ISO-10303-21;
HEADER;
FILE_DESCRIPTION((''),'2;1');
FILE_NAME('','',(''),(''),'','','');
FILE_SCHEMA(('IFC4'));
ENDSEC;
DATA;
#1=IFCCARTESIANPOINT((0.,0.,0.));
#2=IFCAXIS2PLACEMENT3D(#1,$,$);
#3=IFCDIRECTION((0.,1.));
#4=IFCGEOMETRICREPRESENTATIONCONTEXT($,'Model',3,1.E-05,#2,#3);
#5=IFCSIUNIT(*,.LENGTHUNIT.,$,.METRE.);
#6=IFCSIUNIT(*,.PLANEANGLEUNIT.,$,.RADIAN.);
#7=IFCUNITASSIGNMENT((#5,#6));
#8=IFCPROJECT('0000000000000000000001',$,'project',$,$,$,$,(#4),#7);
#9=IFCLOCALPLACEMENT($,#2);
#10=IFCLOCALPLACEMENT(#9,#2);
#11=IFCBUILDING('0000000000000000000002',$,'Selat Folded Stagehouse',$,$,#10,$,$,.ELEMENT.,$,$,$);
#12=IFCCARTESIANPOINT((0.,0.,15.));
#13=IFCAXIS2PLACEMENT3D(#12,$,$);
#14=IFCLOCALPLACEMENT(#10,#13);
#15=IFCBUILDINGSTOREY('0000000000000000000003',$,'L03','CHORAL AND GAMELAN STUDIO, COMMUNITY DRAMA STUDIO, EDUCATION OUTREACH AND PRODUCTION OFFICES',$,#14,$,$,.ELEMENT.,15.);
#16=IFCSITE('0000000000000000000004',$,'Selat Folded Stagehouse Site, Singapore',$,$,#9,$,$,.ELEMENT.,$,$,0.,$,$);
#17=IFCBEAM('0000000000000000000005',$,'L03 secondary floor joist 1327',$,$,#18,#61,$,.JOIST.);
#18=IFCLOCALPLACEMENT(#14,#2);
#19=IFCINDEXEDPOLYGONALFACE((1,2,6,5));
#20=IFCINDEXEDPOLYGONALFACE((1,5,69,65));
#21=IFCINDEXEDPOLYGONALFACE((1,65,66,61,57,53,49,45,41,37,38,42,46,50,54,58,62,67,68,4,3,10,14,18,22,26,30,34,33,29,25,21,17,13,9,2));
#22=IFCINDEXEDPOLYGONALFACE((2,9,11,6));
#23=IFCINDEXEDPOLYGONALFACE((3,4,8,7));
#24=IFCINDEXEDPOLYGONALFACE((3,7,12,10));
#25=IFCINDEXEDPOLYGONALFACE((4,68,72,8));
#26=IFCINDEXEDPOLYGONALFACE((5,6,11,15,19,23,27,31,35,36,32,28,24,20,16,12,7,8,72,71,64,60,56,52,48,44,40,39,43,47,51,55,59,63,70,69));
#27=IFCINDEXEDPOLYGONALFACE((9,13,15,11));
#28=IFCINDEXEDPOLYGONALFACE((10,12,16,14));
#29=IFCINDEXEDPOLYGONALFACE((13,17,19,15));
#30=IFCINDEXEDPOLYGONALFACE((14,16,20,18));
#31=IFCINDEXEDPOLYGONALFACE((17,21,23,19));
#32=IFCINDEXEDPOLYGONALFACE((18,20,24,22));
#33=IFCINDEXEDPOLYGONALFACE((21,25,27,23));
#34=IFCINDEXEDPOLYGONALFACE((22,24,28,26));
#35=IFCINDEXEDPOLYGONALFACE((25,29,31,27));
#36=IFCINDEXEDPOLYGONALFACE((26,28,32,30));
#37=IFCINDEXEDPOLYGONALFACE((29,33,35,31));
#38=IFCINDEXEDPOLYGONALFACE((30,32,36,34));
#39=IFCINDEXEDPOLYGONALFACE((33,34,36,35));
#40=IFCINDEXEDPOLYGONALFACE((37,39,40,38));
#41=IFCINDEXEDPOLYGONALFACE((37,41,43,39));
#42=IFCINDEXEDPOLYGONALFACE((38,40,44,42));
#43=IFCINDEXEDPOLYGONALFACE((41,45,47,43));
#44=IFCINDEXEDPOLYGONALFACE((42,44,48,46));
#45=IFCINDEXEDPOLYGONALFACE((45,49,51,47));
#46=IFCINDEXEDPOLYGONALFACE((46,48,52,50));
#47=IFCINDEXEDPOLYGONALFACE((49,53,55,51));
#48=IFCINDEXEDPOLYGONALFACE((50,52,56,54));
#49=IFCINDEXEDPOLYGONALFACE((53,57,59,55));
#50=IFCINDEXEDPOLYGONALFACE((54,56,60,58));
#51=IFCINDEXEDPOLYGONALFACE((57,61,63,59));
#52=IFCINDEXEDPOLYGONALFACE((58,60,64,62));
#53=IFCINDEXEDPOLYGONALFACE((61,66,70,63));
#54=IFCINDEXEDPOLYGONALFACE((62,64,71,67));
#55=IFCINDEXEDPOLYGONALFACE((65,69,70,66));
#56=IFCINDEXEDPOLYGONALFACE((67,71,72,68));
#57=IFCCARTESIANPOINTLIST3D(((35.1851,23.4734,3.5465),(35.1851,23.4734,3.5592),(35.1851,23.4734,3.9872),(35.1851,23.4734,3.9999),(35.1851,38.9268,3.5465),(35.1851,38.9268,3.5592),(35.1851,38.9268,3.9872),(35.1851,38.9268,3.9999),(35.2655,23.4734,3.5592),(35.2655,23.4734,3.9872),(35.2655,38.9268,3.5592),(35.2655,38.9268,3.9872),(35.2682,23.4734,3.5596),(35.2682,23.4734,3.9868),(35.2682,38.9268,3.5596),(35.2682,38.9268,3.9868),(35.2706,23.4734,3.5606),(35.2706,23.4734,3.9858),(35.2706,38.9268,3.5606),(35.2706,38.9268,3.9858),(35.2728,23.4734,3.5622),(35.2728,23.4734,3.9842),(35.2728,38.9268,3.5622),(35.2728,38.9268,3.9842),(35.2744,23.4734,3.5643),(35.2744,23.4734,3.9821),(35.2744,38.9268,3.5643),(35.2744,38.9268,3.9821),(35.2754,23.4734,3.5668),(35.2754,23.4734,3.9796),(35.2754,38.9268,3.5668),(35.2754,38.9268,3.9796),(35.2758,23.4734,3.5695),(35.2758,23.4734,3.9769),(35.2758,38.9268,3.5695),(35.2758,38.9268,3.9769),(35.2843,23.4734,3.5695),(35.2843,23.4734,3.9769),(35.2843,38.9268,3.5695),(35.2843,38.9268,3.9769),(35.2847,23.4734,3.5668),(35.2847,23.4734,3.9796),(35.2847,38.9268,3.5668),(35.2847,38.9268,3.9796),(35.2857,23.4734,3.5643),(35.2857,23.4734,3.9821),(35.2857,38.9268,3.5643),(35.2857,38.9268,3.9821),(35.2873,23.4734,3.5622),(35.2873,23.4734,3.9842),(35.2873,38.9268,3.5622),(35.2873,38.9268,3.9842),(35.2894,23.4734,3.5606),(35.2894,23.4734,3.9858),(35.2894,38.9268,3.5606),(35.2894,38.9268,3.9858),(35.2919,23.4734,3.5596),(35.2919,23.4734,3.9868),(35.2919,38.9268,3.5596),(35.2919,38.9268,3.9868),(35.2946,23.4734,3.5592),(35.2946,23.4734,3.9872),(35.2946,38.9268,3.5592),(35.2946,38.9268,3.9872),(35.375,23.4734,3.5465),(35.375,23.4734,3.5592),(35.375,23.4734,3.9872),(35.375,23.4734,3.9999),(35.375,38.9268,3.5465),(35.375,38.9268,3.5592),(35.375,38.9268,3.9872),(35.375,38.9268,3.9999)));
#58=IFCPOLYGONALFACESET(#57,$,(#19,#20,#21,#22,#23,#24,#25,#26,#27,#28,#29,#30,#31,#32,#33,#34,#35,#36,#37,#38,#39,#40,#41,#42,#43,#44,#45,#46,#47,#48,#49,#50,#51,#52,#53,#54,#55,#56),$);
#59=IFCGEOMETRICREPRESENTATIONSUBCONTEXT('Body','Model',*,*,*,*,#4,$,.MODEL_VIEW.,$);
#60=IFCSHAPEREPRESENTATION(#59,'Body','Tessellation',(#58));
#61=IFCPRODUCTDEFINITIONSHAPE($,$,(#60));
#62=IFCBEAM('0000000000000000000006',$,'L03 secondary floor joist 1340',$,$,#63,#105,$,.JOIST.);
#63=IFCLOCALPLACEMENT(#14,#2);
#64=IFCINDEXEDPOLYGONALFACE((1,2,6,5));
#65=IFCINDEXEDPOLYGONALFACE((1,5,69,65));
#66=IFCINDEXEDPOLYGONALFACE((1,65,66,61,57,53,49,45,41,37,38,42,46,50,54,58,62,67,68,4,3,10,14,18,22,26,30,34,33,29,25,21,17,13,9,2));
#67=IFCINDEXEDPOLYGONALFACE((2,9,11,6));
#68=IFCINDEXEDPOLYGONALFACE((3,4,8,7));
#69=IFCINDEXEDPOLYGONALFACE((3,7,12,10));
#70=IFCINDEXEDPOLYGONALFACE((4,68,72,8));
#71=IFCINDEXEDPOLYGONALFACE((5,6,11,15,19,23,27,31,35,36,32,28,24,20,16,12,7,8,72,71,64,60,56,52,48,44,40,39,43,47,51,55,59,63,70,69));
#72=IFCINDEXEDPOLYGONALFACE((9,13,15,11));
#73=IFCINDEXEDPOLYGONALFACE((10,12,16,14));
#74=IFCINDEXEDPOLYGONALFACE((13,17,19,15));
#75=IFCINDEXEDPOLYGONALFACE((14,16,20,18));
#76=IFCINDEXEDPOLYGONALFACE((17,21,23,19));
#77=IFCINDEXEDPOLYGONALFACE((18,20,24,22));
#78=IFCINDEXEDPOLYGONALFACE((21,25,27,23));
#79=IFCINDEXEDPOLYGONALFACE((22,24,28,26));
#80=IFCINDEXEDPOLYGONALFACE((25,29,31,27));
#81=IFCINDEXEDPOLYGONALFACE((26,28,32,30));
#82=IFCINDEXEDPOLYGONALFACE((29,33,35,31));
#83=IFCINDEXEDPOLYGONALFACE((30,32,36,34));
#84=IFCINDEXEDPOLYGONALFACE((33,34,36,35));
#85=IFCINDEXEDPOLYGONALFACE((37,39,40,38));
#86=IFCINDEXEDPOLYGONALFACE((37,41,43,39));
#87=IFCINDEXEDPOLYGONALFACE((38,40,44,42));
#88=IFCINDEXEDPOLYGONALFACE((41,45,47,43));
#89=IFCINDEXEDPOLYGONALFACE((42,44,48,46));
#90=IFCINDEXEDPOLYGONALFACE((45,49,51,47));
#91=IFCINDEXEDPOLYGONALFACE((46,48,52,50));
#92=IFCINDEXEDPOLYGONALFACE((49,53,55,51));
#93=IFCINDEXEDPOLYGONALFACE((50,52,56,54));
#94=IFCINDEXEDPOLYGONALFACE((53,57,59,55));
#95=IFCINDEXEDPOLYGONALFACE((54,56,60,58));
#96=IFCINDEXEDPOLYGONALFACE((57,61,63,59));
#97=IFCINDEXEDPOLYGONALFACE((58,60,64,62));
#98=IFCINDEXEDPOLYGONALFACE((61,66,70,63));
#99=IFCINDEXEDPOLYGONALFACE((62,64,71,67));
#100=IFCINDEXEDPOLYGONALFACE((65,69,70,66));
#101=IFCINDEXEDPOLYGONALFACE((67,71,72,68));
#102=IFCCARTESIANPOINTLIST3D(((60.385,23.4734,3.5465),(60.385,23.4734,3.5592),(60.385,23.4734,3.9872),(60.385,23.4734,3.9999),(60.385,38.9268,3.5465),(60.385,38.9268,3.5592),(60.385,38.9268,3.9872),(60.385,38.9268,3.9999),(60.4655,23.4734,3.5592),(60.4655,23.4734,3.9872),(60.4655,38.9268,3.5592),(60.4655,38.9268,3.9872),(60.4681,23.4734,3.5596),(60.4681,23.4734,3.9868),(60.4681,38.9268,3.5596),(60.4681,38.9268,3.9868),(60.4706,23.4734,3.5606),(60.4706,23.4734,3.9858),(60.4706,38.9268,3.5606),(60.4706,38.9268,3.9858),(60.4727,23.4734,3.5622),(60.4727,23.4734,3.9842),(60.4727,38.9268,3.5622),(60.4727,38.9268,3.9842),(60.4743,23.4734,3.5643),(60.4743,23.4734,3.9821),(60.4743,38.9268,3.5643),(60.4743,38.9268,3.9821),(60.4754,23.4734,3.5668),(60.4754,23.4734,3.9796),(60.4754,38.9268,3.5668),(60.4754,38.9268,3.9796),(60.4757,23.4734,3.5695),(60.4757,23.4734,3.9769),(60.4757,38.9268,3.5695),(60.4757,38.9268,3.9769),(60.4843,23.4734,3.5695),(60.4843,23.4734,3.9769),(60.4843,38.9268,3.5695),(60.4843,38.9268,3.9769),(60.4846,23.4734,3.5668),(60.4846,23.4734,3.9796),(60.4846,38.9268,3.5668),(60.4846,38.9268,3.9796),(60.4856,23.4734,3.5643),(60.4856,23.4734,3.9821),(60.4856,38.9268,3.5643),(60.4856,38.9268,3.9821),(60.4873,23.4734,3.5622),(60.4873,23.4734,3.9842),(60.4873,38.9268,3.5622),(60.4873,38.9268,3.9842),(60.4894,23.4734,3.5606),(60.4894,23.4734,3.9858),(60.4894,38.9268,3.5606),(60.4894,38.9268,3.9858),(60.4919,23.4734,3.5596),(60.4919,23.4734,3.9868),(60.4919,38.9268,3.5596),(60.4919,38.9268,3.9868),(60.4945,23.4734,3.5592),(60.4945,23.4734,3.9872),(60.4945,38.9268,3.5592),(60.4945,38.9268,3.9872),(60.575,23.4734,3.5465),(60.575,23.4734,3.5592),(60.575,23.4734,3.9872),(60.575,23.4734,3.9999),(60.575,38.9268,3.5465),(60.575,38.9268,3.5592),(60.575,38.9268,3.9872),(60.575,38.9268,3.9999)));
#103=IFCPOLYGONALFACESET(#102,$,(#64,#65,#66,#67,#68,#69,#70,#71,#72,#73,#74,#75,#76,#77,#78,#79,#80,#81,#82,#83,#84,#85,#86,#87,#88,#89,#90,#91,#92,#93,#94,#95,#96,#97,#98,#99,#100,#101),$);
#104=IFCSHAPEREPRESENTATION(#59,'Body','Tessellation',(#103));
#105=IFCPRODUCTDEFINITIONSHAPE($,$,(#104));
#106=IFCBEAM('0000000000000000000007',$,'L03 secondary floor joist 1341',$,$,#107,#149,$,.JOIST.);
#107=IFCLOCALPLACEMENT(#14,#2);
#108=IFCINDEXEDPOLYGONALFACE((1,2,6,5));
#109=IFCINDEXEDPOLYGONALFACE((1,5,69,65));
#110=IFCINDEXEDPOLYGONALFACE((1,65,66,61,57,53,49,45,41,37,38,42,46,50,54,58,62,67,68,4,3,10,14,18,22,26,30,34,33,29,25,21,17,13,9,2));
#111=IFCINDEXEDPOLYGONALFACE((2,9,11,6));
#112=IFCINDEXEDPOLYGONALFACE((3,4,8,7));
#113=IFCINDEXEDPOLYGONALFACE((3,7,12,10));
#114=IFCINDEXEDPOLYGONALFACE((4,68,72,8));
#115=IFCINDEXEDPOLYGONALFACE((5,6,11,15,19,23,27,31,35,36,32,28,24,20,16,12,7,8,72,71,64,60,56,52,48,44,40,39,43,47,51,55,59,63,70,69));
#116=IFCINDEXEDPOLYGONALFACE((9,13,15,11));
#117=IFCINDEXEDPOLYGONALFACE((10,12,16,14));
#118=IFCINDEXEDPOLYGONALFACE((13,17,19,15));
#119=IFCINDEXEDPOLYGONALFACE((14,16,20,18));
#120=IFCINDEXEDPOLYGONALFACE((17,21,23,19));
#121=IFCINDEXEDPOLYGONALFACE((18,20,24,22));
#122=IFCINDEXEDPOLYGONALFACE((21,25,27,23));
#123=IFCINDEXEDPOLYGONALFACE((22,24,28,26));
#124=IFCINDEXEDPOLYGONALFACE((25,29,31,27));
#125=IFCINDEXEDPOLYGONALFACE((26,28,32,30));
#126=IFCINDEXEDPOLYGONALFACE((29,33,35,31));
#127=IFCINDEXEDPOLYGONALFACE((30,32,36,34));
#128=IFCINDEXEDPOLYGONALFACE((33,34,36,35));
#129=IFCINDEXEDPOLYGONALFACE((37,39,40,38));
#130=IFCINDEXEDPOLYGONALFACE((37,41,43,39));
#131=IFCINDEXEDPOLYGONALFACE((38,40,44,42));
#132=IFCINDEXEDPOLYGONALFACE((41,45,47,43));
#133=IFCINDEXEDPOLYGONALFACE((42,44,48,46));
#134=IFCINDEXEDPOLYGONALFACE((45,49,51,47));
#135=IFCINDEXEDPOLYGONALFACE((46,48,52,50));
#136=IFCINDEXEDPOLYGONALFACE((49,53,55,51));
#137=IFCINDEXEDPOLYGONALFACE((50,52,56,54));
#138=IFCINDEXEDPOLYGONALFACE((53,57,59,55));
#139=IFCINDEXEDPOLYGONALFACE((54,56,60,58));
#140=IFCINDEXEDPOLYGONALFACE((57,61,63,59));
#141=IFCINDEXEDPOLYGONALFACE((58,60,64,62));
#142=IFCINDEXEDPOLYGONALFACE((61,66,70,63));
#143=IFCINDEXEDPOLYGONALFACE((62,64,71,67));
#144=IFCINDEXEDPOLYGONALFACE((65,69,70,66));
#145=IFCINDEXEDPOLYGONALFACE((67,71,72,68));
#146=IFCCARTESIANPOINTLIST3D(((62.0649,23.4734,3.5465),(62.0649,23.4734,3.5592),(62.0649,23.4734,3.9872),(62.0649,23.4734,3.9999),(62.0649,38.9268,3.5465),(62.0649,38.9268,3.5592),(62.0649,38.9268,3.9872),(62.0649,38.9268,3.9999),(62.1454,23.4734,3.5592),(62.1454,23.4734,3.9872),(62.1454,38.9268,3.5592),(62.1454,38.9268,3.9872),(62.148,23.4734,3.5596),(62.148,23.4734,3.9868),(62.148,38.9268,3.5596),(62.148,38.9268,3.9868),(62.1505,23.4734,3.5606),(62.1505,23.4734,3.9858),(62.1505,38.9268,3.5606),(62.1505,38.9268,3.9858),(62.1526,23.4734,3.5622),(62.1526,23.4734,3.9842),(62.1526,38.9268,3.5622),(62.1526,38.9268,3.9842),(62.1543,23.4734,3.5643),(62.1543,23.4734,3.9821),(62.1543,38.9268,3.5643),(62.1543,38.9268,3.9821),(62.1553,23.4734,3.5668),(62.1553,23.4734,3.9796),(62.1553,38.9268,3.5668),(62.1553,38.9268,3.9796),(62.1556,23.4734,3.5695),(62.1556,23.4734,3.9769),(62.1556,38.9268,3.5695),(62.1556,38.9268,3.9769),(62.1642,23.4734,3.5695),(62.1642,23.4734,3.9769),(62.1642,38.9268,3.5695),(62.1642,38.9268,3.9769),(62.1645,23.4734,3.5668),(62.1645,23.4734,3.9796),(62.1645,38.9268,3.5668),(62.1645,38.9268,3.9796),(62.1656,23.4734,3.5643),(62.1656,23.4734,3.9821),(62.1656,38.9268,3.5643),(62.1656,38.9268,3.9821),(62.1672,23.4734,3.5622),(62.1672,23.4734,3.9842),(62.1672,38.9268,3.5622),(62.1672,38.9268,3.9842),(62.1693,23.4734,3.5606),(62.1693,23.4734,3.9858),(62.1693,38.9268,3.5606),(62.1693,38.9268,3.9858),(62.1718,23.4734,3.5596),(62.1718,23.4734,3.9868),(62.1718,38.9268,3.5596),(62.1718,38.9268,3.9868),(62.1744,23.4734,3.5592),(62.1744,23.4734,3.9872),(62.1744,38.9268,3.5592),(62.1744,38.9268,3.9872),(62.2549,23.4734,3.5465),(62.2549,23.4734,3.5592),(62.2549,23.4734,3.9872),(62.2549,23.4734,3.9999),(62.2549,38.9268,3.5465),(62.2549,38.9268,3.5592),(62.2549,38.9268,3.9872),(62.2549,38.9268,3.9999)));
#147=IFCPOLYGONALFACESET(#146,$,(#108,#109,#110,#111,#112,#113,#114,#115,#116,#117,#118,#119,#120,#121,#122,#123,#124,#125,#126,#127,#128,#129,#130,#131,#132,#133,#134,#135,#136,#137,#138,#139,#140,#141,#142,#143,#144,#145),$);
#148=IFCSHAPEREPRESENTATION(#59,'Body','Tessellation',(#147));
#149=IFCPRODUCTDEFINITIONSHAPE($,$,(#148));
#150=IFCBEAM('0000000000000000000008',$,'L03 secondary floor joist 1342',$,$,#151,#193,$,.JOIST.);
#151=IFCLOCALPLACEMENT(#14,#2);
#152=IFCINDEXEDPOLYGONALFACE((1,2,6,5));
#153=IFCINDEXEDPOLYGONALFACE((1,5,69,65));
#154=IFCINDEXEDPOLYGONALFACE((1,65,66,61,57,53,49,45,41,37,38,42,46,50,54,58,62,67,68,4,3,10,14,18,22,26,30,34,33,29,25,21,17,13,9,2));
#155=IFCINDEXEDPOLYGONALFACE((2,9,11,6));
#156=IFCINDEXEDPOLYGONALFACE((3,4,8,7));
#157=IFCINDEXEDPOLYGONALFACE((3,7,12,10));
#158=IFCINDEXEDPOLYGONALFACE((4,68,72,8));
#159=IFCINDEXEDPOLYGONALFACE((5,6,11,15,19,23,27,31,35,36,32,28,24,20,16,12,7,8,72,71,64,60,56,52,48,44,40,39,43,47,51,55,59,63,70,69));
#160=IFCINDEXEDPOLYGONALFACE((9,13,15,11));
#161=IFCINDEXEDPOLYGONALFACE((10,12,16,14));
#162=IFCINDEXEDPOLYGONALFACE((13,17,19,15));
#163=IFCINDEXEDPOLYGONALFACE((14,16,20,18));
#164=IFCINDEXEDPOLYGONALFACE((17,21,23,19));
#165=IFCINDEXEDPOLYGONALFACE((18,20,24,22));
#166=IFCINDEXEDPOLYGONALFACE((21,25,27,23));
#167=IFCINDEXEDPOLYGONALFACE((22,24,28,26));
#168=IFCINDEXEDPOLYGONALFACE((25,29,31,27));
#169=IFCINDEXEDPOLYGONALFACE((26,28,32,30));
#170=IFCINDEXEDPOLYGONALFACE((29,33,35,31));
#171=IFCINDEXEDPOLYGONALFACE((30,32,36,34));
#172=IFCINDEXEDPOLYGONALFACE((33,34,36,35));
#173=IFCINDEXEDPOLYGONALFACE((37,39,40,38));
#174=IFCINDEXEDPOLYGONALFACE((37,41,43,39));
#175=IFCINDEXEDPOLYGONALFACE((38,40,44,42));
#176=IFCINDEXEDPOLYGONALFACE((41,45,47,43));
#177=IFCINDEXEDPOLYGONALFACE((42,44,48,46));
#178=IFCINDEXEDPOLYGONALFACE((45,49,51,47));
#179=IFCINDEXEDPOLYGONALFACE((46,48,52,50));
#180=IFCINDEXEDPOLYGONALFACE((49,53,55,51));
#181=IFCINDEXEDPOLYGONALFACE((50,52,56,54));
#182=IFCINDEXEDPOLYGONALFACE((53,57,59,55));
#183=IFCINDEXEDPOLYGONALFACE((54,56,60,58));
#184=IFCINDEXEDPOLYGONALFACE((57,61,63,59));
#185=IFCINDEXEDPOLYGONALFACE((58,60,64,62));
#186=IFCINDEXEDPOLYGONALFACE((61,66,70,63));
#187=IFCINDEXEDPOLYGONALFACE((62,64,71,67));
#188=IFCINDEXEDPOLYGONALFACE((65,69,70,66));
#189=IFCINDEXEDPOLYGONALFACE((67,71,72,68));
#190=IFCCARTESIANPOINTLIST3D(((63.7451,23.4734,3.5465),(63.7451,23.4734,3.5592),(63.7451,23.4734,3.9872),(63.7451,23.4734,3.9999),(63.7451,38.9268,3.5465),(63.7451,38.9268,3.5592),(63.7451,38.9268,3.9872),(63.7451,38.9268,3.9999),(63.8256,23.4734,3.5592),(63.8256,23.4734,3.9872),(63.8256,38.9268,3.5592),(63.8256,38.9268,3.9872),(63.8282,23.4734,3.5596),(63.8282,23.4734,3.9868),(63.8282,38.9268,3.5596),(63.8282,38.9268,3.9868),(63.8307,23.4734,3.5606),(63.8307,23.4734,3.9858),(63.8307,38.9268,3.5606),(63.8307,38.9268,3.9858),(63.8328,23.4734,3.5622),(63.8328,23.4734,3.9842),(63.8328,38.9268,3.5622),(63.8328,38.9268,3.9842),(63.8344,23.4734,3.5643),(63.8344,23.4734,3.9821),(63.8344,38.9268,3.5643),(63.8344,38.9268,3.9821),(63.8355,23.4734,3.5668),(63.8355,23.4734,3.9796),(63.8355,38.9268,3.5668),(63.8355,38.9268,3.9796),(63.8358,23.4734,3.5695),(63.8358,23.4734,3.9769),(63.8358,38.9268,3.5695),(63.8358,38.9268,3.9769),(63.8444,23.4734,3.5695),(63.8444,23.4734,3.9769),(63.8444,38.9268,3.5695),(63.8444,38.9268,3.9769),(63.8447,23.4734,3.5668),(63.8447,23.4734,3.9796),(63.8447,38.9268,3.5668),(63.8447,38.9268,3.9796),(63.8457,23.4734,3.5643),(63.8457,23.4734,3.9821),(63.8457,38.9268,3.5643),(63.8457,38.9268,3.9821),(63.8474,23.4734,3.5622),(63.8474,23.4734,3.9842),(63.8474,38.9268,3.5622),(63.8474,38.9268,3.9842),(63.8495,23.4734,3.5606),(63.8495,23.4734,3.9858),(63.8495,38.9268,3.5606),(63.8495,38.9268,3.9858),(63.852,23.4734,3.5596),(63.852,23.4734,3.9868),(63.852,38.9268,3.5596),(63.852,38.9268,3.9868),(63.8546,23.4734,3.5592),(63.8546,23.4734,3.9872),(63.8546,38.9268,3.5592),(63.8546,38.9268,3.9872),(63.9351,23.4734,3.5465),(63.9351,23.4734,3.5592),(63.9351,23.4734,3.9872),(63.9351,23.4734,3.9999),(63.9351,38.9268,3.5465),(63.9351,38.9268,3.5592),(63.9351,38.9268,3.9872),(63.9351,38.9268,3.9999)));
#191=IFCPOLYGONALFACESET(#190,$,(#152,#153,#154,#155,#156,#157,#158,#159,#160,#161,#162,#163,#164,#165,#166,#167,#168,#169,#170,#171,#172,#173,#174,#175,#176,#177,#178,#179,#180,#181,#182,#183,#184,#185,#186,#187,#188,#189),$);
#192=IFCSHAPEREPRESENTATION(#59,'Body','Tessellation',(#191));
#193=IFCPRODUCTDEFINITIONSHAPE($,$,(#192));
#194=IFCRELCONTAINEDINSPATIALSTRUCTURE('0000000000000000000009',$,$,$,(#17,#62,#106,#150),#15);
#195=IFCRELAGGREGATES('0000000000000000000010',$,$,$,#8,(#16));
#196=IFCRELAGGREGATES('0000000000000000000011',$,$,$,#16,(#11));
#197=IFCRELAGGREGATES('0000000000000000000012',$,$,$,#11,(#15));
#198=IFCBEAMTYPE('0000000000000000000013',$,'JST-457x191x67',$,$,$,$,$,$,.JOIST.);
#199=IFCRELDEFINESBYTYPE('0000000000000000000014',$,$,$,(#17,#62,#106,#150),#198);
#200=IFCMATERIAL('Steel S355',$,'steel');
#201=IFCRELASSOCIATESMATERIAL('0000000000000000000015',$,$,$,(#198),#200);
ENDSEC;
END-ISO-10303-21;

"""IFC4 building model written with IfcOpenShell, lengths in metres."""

from ifc_helpers import new_model, si_unit, direction, frame, origin, origin_2d, place, context, subcontext, project, spatial, i_section, extrude, material, material_profile, profile_set, type_object, element, save


model = new_model("IFC4")

# Units and contexts
model_context = context("Model", 3, precision=1e-05, world=origin(), true_north=direction((0.0, 1.0)))
body_context = subcontext(model_context, "Body", "Model", "MODEL_VIEW")
ifc_project = project(units=[si_unit("LENGTHUNIT", "METRE"), si_unit("PLANEANGLEUNIT", "RADIAN")], contexts=[model_context])

# Site, building, storey
site_placement = place(None, origin())
site = spatial("IfcSite", under=ifc_project, at=site_placement, Name="Selat Folded Stagehouse Site, Singapore", CompositionType="ELEMENT", RefElevation=0.0)
building_placement = place(site_placement, origin())
building = spatial("IfcBuilding", under=site, at=building_placement, Name="Selat Folded Stagehouse", CompositionType="ELEMENT")
storey_placement = place(building_placement, frame((0.0, 0.0, 15.0)))
storey = spatial("IfcBuildingStorey", under=building, at=storey_placement, Name="L03", Description="CHORAL AND GAMELAN STUDIO, COMMUNITY DRAMA STUDIO, EDUCATION OUTREACH AND PRODUCTION OFFICES", CompositionType="ELEMENT", Elevation=15.0)

# Shared definitions
ifc_material_1 = material(Name="Steel S355", Category="steel")

# Beams
ifc_material_profile_1 = material_profile(ifc_material_1, i_section(OverallWidth=0.1899, OverallDepth=0.4534, WebThickness=0.0085, FlangeThickness=0.0127, FilletRadius=0.0103, at=origin_2d()), Name="UKB 457x191x67")
ifc_profile_set_1 = profile_set([ifc_material_profile_1], Name="Steel S355")
beam_type_1 = type_object("IfcBeamType", Name="JST-457x191x67", PredefinedType="JOIST", material=ifc_profile_set_1)
for number, where, z_axis, x_axis, name in (
    (1, (35.28, 23.4734, 3.7732), (0.0, 1.0, 0.0), (-1.0, 0.0, 0.0), "L03 secondary floor joist 1327"),
    (2, (60.48, 23.4734, 3.7732), (0.0, 1.0, 0.0), (-1.0, 0.0, 0.0), "L03 secondary floor joist 1340"),
    (3, (62.1599, 23.4734, 3.7732), (0.0, 1.0, 0.0), (-1.0, 0.0, 0.0), "L03 secondary floor joist 1341"),
    (4, (63.8401, 23.4734, 3.7732), (0.0, 1.0, 0.0), (-1.0, 0.0, 0.0), "L03 secondary floor joist 1342"),
):
    element("IfcBeam", number, at=place(storey_placement, frame(where, z_axis=z_axis, x_axis=x_axis)), inside=storey, type_object=beam_type_1, Name=name, PredefinedType="JOIST", context=body_context, shape_type="SweptSolid", body=[
        extrude(i_section(OverallWidth=0.1899, OverallDepth=0.4534, WebThickness=0.0085, FlangeThickness=0.0127, FilletRadius=0.0103, at=origin_2d()), origin(), (0.0, 0.0, 1.0), 15.4534),
    ])

save(model, "model.ifc")
